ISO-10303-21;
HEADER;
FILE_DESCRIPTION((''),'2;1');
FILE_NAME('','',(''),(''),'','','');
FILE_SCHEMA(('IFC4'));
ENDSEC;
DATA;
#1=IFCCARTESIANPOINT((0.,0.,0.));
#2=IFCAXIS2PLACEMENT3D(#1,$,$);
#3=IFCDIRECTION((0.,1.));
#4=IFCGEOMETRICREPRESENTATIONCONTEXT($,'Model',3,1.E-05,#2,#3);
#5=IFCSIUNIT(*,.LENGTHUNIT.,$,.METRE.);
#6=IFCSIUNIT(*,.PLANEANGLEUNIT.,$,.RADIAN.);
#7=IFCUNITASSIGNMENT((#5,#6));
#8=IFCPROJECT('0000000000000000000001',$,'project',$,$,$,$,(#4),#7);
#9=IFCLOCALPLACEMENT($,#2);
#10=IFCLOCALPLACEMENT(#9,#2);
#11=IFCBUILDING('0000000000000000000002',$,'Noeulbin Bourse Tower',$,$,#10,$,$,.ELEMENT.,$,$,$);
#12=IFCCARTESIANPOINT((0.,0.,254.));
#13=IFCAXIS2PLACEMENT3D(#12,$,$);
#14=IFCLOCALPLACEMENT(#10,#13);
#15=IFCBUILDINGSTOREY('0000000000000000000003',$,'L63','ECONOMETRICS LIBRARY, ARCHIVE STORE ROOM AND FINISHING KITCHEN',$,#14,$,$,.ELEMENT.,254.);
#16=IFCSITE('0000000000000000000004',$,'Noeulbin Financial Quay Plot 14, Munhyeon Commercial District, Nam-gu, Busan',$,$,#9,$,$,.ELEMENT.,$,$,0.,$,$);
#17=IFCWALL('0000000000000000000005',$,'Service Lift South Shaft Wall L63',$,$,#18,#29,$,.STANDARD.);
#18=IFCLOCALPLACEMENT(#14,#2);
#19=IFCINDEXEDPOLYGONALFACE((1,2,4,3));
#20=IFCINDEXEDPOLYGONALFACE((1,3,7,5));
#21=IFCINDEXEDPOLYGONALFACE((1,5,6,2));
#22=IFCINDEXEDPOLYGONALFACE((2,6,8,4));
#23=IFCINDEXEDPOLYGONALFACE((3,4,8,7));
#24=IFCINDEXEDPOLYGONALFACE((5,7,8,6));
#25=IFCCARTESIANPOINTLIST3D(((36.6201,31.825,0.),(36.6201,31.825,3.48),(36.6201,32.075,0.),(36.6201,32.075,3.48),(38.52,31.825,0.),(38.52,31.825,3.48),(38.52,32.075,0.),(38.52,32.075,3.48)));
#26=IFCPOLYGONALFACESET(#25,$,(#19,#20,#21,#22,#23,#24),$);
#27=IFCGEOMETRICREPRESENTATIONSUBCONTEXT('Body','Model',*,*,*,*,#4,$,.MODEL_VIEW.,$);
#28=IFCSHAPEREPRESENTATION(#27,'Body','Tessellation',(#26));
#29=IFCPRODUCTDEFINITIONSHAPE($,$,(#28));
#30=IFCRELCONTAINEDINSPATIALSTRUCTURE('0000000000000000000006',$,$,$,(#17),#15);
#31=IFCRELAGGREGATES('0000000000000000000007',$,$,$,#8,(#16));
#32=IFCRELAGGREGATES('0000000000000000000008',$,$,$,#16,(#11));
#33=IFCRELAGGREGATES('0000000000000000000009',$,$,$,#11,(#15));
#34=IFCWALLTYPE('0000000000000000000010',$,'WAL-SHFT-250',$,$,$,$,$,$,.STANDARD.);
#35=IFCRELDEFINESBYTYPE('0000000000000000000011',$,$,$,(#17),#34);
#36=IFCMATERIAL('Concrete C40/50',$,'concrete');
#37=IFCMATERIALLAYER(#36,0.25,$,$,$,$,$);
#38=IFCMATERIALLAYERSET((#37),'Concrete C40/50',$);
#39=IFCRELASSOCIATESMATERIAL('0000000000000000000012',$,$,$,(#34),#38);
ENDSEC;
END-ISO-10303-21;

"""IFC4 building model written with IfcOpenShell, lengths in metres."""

from ifc_helpers import new_model, si_unit, direction, frame, frame_2d, origin, place, context, subcontext, project, spatial, rectangle, extrude, material, layer, layer_set, type_object, element, save


model = new_model("IFC4")

# Units and contexts
model_context = context("Model", 3, precision=1e-05, world=origin(), true_north=direction((0.0, 1.0)))
body_context = subcontext(model_context, "Body", "Model", "MODEL_VIEW")
ifc_project = project(units=[si_unit("LENGTHUNIT", "METRE"), si_unit("PLANEANGLEUNIT", "RADIAN")], contexts=[model_context])

# Site, building, storey
site_placement = place(None, origin())
site = spatial("IfcSite", under=ifc_project, at=site_placement, Name="Noeulbin Financial Quay Plot 14, Munhyeon Commercial District, Nam-gu, Busan", CompositionType="ELEMENT", RefElevation=0.0)
building_placement = place(site_placement, origin())
building = spatial("IfcBuilding", under=site, at=building_placement, Name="Noeulbin Bourse Tower", CompositionType="ELEMENT")
storey_placement = place(building_placement, frame((0.0, 0.0, 254.0)))
storey = spatial("IfcBuildingStorey", under=building, at=storey_placement, Name="L63", Description="ECONOMETRICS LIBRARY, ARCHIVE STORE ROOM AND FINISHING KITCHEN", CompositionType="ELEMENT", Elevation=254.0)

# Shared definitions
ifc_material_1 = material(Name="Concrete C40/50", Category="concrete")

# Shared definitions
ifc_layer_1 = layer(ifc_material_1, 0.25)
ifc_layer_set_1 = layer_set([ifc_layer_1], Name="Concrete C40/50")
wall_type_1 = type_object("IfcWallType", Name="WAL-SHFT-250", PredefinedType="STANDARD", material=ifc_layer_set_1)

# Wall
wall_1_placement = place(storey_placement, frame((36.6201, 31.95, 0.0), z_axis=(0.0, 0.0, 1.0), x_axis=(1.0, 0.0, 0.0)))
element("IfcWall", 1, at=wall_1_placement, inside=storey, type_object=wall_type_1, Name="Service Lift South Shaft Wall L63", PredefinedType="STANDARD", context=body_context, shape_type="SweptSolid", body=[
    extrude(rectangle(XDim=1.8999, YDim=0.25, at=frame_2d((0.95, 0.0))), origin(), (0.0, 0.0, 1.0), 3.48),
])

save(model, "model.ifc")
